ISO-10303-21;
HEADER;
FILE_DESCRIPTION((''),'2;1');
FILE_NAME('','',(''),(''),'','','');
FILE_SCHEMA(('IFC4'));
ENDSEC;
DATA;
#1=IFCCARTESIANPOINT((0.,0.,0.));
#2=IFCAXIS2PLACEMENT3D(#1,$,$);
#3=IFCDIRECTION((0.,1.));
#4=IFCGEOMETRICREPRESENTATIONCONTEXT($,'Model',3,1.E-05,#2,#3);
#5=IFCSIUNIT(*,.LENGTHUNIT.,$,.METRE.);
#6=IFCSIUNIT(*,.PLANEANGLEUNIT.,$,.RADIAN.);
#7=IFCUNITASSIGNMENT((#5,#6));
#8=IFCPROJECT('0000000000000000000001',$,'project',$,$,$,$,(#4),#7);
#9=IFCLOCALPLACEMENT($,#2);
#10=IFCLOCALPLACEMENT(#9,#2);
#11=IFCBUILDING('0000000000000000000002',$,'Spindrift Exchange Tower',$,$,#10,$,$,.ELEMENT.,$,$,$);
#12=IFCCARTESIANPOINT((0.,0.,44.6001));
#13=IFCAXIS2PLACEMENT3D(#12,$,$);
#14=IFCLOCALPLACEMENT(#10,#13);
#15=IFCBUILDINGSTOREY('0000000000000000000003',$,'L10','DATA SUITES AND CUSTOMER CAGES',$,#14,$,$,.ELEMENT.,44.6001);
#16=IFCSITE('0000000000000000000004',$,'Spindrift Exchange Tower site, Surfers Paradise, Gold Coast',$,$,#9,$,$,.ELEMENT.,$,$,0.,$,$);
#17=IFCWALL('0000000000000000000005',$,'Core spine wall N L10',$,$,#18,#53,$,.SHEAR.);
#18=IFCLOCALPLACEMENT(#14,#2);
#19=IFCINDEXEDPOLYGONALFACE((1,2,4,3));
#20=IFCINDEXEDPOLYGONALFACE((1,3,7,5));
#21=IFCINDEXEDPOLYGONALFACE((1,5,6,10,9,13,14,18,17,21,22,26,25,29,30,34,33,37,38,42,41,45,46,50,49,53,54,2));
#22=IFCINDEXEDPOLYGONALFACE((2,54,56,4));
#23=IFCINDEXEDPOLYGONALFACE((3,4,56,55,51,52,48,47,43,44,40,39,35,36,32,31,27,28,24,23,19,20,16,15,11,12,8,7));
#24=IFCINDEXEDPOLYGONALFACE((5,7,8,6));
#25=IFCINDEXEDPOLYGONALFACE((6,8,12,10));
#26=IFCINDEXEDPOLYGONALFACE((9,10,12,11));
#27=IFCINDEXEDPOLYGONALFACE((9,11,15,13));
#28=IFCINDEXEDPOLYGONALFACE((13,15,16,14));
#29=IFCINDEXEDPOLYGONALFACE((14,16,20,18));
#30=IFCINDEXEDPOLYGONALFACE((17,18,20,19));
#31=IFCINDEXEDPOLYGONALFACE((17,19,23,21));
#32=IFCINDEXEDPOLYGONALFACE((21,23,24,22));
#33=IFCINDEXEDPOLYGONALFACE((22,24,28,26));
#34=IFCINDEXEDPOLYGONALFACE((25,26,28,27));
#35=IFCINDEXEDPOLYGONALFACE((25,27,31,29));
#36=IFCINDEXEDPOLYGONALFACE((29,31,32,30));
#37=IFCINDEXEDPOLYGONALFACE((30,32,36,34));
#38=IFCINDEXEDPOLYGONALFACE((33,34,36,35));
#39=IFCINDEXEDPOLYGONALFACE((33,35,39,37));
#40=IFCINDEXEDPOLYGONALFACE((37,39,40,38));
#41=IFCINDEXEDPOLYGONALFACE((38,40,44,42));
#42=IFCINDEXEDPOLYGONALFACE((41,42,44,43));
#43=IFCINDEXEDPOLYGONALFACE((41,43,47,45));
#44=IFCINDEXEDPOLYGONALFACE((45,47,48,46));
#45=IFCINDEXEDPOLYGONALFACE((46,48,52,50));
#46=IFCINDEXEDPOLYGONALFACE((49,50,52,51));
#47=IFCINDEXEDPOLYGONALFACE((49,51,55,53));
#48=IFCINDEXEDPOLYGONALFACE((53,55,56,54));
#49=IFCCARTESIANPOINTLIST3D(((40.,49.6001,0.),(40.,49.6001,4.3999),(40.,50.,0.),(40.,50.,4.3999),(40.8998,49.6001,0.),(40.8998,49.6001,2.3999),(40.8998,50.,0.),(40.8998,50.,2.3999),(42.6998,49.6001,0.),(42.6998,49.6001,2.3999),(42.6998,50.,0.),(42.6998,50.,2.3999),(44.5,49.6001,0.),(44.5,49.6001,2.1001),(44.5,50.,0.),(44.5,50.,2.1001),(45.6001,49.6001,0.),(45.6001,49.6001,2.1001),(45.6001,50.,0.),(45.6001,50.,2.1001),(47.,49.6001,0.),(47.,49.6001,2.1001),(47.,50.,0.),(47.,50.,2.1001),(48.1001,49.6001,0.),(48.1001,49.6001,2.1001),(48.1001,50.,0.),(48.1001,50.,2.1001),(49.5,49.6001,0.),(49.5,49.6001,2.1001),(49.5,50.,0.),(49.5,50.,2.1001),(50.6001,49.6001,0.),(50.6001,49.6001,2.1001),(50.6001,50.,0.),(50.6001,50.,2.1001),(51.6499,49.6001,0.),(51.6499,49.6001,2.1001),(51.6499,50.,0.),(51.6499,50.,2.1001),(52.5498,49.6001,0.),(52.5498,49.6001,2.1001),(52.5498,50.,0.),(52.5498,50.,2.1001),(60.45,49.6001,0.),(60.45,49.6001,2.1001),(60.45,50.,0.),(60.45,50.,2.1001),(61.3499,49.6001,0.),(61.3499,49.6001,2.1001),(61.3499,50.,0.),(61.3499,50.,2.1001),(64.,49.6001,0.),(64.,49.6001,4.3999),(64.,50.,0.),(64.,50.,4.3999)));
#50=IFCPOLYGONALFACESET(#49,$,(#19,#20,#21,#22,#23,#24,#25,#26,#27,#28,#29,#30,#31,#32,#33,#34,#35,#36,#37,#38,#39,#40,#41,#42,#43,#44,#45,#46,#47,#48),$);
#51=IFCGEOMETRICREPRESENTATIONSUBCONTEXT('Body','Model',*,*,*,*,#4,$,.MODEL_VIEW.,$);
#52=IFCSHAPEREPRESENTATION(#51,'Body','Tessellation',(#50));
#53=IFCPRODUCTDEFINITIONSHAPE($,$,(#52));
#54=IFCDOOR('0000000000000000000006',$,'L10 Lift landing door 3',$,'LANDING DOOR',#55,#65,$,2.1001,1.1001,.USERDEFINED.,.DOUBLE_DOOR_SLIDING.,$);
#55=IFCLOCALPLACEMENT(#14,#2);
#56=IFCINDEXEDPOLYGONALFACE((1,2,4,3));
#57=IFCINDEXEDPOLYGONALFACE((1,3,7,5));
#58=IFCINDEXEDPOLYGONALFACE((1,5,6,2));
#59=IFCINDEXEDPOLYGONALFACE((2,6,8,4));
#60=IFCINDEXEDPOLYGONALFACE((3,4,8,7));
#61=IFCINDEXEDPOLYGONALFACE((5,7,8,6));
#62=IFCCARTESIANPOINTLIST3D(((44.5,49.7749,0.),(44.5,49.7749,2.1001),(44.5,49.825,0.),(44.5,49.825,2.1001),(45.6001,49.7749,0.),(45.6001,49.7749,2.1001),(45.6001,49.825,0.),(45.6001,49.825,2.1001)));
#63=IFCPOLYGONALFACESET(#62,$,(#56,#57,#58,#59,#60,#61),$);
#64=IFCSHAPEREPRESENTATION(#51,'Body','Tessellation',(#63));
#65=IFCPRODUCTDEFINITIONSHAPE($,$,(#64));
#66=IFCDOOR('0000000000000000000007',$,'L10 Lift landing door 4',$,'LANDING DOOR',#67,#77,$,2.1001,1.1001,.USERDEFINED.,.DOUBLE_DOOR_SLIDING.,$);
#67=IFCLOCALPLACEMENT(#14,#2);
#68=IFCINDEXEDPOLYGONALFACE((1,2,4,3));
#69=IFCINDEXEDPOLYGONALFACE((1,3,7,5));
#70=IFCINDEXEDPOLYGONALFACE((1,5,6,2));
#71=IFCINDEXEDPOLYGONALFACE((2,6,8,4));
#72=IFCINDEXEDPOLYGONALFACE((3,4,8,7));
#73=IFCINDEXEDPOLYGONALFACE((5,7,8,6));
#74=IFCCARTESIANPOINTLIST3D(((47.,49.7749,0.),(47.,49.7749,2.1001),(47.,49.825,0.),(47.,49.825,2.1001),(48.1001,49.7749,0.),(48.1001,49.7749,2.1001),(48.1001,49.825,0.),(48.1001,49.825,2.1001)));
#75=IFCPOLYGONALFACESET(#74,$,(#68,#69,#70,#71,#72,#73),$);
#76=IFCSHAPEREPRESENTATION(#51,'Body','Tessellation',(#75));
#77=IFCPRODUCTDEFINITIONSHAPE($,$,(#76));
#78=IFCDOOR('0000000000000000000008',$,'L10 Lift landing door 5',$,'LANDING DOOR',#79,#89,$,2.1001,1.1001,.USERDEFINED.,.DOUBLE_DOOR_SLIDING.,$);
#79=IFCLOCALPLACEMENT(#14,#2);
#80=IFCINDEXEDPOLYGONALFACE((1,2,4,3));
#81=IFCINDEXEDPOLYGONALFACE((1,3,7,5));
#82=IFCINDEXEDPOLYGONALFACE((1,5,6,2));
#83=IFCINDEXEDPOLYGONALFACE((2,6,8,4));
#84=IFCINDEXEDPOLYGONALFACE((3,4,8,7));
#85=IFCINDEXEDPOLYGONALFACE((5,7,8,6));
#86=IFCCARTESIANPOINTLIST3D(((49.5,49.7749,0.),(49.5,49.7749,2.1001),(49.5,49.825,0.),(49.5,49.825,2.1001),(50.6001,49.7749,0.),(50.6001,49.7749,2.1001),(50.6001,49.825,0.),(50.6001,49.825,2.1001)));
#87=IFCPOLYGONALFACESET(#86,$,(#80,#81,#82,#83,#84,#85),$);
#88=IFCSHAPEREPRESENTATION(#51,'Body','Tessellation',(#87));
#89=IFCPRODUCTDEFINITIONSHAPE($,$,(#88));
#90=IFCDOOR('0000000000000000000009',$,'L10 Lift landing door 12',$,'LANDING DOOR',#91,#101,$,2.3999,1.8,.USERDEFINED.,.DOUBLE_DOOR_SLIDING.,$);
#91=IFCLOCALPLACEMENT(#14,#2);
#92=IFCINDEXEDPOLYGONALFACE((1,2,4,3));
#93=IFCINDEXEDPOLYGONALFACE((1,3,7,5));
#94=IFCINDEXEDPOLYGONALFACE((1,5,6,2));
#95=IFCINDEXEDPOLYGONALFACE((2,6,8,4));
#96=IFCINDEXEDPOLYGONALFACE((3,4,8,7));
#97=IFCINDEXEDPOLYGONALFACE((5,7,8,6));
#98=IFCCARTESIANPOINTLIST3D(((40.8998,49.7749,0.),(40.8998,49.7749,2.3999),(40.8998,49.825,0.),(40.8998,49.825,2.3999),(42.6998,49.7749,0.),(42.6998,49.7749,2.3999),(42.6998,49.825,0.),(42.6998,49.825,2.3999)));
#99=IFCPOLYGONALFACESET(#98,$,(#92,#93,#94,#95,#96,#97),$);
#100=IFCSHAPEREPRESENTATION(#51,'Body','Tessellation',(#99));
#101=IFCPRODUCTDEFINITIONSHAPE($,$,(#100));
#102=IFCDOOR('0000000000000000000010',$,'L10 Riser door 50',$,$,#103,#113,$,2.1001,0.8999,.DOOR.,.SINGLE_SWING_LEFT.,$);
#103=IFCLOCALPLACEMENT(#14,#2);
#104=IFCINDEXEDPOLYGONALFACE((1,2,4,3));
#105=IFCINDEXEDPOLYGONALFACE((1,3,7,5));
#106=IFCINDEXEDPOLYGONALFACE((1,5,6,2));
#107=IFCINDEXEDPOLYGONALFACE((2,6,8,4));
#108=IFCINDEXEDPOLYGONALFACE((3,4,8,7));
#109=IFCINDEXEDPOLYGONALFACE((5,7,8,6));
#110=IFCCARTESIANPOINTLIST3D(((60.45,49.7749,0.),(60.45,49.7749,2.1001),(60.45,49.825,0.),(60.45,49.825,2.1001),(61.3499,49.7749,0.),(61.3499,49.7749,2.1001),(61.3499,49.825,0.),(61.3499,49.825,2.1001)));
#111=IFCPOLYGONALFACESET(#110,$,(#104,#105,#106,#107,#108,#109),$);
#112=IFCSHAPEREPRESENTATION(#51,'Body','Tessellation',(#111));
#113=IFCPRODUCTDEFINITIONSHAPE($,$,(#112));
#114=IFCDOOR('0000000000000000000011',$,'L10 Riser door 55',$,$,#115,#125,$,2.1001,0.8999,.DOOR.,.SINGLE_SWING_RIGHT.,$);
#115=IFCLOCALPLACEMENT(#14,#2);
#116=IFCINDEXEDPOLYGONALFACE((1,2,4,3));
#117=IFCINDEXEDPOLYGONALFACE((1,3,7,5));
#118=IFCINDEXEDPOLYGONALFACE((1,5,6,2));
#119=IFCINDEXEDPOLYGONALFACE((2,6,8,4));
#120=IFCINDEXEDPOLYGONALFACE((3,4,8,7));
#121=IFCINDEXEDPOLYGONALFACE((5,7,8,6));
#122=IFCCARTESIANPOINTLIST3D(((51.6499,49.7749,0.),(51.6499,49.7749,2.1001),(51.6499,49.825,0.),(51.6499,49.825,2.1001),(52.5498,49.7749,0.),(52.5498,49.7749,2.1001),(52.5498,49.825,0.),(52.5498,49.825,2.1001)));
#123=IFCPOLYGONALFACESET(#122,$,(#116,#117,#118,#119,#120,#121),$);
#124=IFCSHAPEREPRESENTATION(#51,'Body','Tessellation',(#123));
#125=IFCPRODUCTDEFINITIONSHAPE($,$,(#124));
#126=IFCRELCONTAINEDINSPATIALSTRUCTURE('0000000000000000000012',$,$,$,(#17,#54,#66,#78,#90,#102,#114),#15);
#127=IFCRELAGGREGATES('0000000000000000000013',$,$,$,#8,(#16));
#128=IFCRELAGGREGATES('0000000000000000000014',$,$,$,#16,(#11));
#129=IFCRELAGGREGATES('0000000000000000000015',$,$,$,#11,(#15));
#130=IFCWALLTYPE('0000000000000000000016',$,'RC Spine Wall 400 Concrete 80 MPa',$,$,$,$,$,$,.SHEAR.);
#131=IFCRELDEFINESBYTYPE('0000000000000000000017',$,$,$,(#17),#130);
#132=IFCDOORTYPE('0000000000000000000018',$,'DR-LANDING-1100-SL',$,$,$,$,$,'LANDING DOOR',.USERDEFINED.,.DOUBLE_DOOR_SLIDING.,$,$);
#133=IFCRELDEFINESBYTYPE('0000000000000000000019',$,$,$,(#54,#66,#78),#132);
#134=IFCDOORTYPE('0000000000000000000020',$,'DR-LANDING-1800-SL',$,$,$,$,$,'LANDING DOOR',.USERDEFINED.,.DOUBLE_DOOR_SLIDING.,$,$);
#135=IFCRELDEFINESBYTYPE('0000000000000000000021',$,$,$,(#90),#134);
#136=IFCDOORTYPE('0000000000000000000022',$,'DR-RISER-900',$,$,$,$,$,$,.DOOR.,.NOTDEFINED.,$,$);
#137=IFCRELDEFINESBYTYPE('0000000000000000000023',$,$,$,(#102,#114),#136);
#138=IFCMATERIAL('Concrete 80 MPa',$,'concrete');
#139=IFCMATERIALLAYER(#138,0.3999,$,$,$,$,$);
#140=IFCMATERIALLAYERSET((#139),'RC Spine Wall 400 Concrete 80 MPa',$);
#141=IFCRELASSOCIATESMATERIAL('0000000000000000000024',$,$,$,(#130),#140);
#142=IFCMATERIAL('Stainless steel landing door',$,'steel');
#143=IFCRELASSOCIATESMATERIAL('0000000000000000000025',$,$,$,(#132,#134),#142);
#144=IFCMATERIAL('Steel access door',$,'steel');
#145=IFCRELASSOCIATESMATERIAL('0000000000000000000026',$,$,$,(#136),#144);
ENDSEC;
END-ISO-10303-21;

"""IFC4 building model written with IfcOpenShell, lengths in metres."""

from ifc_helpers import new_model, si_unit, direction, frame, frame_2d, origin, place, context, subcontext, project, spatial, rectangle, extrude, source, transform, mapped, material, layer, layer_set, type_object, element, fill, save


model = new_model("IFC4")

# Units and contexts
model_context = context("Model", 3, precision=1e-05, world=origin(), true_north=direction((0.0, 1.0)))
body_context = subcontext(model_context, "Body", "Model", "MODEL_VIEW")
ifc_project = project(units=[si_unit("LENGTHUNIT", "METRE"), si_unit("PLANEANGLEUNIT", "RADIAN")], contexts=[model_context])

# Site, building, storey
site_placement = place(None, origin())
site = spatial("IfcSite", under=ifc_project, at=site_placement, Name="Spindrift Exchange Tower site, Surfers Paradise, Gold Coast", CompositionType="ELEMENT", RefElevation=0.0)
building_placement = place(site_placement, origin())
building = spatial("IfcBuilding", under=site, at=building_placement, Name="Spindrift Exchange Tower", CompositionType="ELEMENT")
storey_placement = place(building_placement, frame((0.0, 0.0, 44.6001)))
storey = spatial("IfcBuildingStorey", under=building, at=storey_placement, Name="L10", Description="DATA SUITES AND CUSTOMER CAGES", CompositionType="ELEMENT", Elevation=44.6001)

# Wall, openings, doors
ifc_material_1 = material(Name="Concrete 80 MPa", Category="concrete")
ifc_layer_1 = layer(ifc_material_1, 0.3999)
ifc_layer_set_1 = layer_set([ifc_layer_1], Name="RC Spine Wall 400 Concrete 80 MPa")
wall_type_1 = type_object("IfcWallType", Name="RC Spine Wall 400 Concrete 80 MPa", PredefinedType="SHEAR", material=ifc_layer_set_1)
wall_1_placement = place(storey_placement, frame((40.0, 49.8, 0.0), z_axis=(0.0, 0.0, 1.0), x_axis=(1.0, 0.0, 0.0)))
wall_1 = element("IfcWall", 1, at=wall_1_placement, inside=storey, type_object=wall_type_1, Name="Core spine wall N L10", PredefinedType="SHEAR", context=body_context, shape_type="SweptSolid", body=[
    extrude(rectangle(XDim=24.0, YDim=0.3999, at=frame_2d((12.0, 0.0))), origin(), (0.0, 0.0, 1.0), 4.3999),
])
opening_1_placement = place(wall_1_placement, frame((4.5, 0.0, 0.0)))
opening_1 = element("IfcOpeningElement", 2, at=opening_1_placement, cuts=wall_1, PredefinedType="OPENING", context=body_context, shape_type="SweptSolid", body=[
    extrude(rectangle(XDim=1.1001, YDim=2.1001, at=frame_2d((0.55, 1.05))), frame((0.0, 0.21, 0.0), z_axis=(0.0, -1.0, 0.0), x_axis=(1.0, 0.0, 0.0)), (0.0, 0.0, 1.0), 0.4199),
])
opening_2_placement = place(wall_1_placement, frame((7.0, 0.0, 0.0)))
opening_2 = element("IfcOpeningElement", 3, at=opening_2_placement, cuts=wall_1, PredefinedType="OPENING", context=body_context, shape_type="SweptSolid", body=[
    extrude(rectangle(XDim=1.1001, YDim=2.1001, at=frame_2d((0.55, 1.05))), frame((0.0, 0.21, 0.0), z_axis=(0.0, -1.0, 0.0), x_axis=(1.0, 0.0, 0.0)), (0.0, 0.0, 1.0), 0.4199),
])
opening_3_placement = place(wall_1_placement, frame((9.5, 0.0, 0.0)))
opening_3 = element("IfcOpeningElement", 4, at=opening_3_placement, cuts=wall_1, PredefinedType="OPENING", context=body_context, shape_type="SweptSolid", body=[
    extrude(rectangle(XDim=1.1001, YDim=2.1001, at=frame_2d((0.55, 1.05))), frame((0.0, 0.21, 0.0), z_axis=(0.0, -1.0, 0.0), x_axis=(1.0, 0.0, 0.0)), (0.0, 0.0, 1.0), 0.4199),
])
opening_4_placement = place(wall_1_placement, frame((0.8999, 0.0, 0.0)))
opening_4 = element("IfcOpeningElement", 5, at=opening_4_placement, cuts=wall_1, PredefinedType="OPENING", context=body_context, shape_type="SweptSolid", body=[
    extrude(rectangle(XDim=1.8, YDim=2.3999, at=frame_2d((0.8999, 1.2))), frame((0.0, 0.21, 0.0), z_axis=(0.0, -1.0, 0.0), x_axis=(1.0, 0.0, 0.0)), (0.0, 0.0, 1.0), 0.4199),
])
opening_5_placement = place(wall_1_placement, frame((20.45, 0.0, 0.0)))
opening_5 = element("IfcOpeningElement", 6, at=opening_5_placement, cuts=wall_1, PredefinedType="OPENING", context=body_context, shape_type="SweptSolid", body=[
    extrude(rectangle(XDim=0.8999, YDim=2.1001, at=frame_2d((0.45, 1.05))), frame((0.0, 0.21, 0.0), z_axis=(0.0, -1.0, 0.0), x_axis=(1.0, 0.0, 0.0)), (0.0, 0.0, 1.0), 0.4199),
])
opening_6_placement = place(wall_1_placement, frame((11.6499, 0.0, 0.0)))
opening_6 = element("IfcOpeningElement", 7, at=opening_6_placement, cuts=wall_1, PredefinedType="OPENING", context=body_context, shape_type="SweptSolid", body=[
    extrude(rectangle(XDim=0.8999, YDim=2.1001, at=frame_2d((0.45, 1.05))), frame((0.0, 0.21, 0.0), z_axis=(0.0, -1.0, 0.0), x_axis=(1.0, 0.0, 0.0)), (0.0, 0.0, 1.0), 0.4199),
])
ifc_material_2 = material(Name="Stainless steel landing door", Category="steel")
door_type_1 = type_object("IfcDoorType", Name="DR-LANDING-1100-SL", ElementType="LANDING DOOR", OperationType="DOUBLE_DOOR_SLIDING", PredefinedType="USERDEFINED", material=ifc_material_2)
shared_shape_1 = source(origin(), body_context, "Body", "SweptSolid", [
    extrude(rectangle(XDim=1.1001, YDim=2.1001, at=frame_2d((0.55, 1.05))), frame((0.0, 0.0249, 0.0), z_axis=(0.0, -1.0, 0.0), x_axis=(1.0, 0.0, 0.0)), (0.0, 0.0, 1.0), 0.05),
])
door_1_placement = place(opening_1_placement, origin())
door_1 = element("IfcDoor", 8, at=door_1_placement, inside=storey, type_object=door_type_1, Name="L10 Lift landing door 3", ObjectType="LANDING DOOR", OperationType="DOUBLE_DOOR_SLIDING", OverallHeight=2.1001, OverallWidth=1.1001, PredefinedType="USERDEFINED", context=body_context, shape_type="MappedRepresentation", body=[
    mapped(shared_shape_1, transform((0.0, 0.0, 0.0), scale=1.0)),
])
fill(opening_1, door_1)
door_2_placement = place(opening_2_placement, origin())
door_2 = element("IfcDoor", 9, at=door_2_placement, inside=storey, type_object=door_type_1, Name="L10 Lift landing door 4", ObjectType="LANDING DOOR", OperationType="DOUBLE_DOOR_SLIDING", OverallHeight=2.1001, OverallWidth=1.1001, PredefinedType="USERDEFINED", context=body_context, shape_type="MappedRepresentation", body=[
    mapped(shared_shape_1, transform((0.0, 0.0, 0.0), scale=1.0)),
])
fill(opening_2, door_2)
door_3_placement = place(opening_3_placement, origin())
door_3 = element("IfcDoor", 10, at=door_3_placement, inside=storey, type_object=door_type_1, Name="L10 Lift landing door 5", ObjectType="LANDING DOOR", OperationType="DOUBLE_DOOR_SLIDING", OverallHeight=2.1001, OverallWidth=1.1001, PredefinedType="USERDEFINED", context=body_context, shape_type="MappedRepresentation", body=[
    mapped(shared_shape_1, transform((0.0, 0.0, 0.0), scale=1.0)),
])
fill(opening_3, door_3)
door_type_2 = type_object("IfcDoorType", Name="DR-LANDING-1800-SL", ElementType="LANDING DOOR", OperationType="DOUBLE_DOOR_SLIDING", PredefinedType="USERDEFINED", material=ifc_material_2)
shared_shape_2 = source(origin(), body_context, "Body", "SweptSolid", [
    extrude(rectangle(XDim=1.8, YDim=2.3999, at=frame_2d((0.8999, 1.2))), frame((0.0, 0.0249, 0.0), z_axis=(0.0, -1.0, 0.0), x_axis=(1.0, 0.0, 0.0)), (0.0, 0.0, 1.0), 0.05),
])
door_4_placement = place(opening_4_placement, origin())
door_4 = element("IfcDoor", 11, at=door_4_placement, inside=storey, type_object=door_type_2, Name="L10 Lift landing door 12", ObjectType="LANDING DOOR", OperationType="DOUBLE_DOOR_SLIDING", OverallHeight=2.3999, OverallWidth=1.8, PredefinedType="USERDEFINED", context=body_context, shape_type="MappedRepresentation", body=[
    mapped(shared_shape_2, transform((0.0, 0.0, 0.0), scale=1.0)),
])
fill(opening_4, door_4)
ifc_material_3 = material(Name="Steel access door", Category="steel")
door_type_3 = type_object("IfcDoorType", Name="DR-RISER-900", OperationType="NOTDEFINED", PredefinedType="DOOR", material=ifc_material_3)
shared_shape_3 = source(origin(), body_context, "Body", "SweptSolid", [
    extrude(rectangle(XDim=0.8999, YDim=2.1001, at=frame_2d((0.45, 1.05))), frame((0.0, 0.0249, 0.0), z_axis=(0.0, -1.0, 0.0), x_axis=(1.0, 0.0, 0.0)), (0.0, 0.0, 1.0), 0.05),
])
door_5_placement = place(opening_5_placement, origin())
door_5 = element("IfcDoor", 12, at=door_5_placement, inside=storey, type_object=door_type_3, Name="L10 Riser door 50", OperationType="SINGLE_SWING_LEFT", OverallHeight=2.1001, OverallWidth=0.8999, PredefinedType="DOOR", context=body_context, shape_type="MappedRepresentation", body=[
    mapped(shared_shape_3, transform((0.0, 0.0, 0.0), scale=1.0)),
])
fill(opening_5, door_5)
door_6_placement = place(opening_6_placement, origin())
door_6 = element("IfcDoor", 13, at=door_6_placement, inside=storey, type_object=door_type_3, Name="L10 Riser door 55", OperationType="SINGLE_SWING_RIGHT", OverallHeight=2.1001, OverallWidth=0.8999, PredefinedType="DOOR", context=body_context, shape_type="MappedRepresentation", body=[
    mapped(shared_shape_3, transform((0.0, 0.0, 0.0), scale=1.0)),
])
fill(opening_6, door_6)

save(model, "model.ifc")
